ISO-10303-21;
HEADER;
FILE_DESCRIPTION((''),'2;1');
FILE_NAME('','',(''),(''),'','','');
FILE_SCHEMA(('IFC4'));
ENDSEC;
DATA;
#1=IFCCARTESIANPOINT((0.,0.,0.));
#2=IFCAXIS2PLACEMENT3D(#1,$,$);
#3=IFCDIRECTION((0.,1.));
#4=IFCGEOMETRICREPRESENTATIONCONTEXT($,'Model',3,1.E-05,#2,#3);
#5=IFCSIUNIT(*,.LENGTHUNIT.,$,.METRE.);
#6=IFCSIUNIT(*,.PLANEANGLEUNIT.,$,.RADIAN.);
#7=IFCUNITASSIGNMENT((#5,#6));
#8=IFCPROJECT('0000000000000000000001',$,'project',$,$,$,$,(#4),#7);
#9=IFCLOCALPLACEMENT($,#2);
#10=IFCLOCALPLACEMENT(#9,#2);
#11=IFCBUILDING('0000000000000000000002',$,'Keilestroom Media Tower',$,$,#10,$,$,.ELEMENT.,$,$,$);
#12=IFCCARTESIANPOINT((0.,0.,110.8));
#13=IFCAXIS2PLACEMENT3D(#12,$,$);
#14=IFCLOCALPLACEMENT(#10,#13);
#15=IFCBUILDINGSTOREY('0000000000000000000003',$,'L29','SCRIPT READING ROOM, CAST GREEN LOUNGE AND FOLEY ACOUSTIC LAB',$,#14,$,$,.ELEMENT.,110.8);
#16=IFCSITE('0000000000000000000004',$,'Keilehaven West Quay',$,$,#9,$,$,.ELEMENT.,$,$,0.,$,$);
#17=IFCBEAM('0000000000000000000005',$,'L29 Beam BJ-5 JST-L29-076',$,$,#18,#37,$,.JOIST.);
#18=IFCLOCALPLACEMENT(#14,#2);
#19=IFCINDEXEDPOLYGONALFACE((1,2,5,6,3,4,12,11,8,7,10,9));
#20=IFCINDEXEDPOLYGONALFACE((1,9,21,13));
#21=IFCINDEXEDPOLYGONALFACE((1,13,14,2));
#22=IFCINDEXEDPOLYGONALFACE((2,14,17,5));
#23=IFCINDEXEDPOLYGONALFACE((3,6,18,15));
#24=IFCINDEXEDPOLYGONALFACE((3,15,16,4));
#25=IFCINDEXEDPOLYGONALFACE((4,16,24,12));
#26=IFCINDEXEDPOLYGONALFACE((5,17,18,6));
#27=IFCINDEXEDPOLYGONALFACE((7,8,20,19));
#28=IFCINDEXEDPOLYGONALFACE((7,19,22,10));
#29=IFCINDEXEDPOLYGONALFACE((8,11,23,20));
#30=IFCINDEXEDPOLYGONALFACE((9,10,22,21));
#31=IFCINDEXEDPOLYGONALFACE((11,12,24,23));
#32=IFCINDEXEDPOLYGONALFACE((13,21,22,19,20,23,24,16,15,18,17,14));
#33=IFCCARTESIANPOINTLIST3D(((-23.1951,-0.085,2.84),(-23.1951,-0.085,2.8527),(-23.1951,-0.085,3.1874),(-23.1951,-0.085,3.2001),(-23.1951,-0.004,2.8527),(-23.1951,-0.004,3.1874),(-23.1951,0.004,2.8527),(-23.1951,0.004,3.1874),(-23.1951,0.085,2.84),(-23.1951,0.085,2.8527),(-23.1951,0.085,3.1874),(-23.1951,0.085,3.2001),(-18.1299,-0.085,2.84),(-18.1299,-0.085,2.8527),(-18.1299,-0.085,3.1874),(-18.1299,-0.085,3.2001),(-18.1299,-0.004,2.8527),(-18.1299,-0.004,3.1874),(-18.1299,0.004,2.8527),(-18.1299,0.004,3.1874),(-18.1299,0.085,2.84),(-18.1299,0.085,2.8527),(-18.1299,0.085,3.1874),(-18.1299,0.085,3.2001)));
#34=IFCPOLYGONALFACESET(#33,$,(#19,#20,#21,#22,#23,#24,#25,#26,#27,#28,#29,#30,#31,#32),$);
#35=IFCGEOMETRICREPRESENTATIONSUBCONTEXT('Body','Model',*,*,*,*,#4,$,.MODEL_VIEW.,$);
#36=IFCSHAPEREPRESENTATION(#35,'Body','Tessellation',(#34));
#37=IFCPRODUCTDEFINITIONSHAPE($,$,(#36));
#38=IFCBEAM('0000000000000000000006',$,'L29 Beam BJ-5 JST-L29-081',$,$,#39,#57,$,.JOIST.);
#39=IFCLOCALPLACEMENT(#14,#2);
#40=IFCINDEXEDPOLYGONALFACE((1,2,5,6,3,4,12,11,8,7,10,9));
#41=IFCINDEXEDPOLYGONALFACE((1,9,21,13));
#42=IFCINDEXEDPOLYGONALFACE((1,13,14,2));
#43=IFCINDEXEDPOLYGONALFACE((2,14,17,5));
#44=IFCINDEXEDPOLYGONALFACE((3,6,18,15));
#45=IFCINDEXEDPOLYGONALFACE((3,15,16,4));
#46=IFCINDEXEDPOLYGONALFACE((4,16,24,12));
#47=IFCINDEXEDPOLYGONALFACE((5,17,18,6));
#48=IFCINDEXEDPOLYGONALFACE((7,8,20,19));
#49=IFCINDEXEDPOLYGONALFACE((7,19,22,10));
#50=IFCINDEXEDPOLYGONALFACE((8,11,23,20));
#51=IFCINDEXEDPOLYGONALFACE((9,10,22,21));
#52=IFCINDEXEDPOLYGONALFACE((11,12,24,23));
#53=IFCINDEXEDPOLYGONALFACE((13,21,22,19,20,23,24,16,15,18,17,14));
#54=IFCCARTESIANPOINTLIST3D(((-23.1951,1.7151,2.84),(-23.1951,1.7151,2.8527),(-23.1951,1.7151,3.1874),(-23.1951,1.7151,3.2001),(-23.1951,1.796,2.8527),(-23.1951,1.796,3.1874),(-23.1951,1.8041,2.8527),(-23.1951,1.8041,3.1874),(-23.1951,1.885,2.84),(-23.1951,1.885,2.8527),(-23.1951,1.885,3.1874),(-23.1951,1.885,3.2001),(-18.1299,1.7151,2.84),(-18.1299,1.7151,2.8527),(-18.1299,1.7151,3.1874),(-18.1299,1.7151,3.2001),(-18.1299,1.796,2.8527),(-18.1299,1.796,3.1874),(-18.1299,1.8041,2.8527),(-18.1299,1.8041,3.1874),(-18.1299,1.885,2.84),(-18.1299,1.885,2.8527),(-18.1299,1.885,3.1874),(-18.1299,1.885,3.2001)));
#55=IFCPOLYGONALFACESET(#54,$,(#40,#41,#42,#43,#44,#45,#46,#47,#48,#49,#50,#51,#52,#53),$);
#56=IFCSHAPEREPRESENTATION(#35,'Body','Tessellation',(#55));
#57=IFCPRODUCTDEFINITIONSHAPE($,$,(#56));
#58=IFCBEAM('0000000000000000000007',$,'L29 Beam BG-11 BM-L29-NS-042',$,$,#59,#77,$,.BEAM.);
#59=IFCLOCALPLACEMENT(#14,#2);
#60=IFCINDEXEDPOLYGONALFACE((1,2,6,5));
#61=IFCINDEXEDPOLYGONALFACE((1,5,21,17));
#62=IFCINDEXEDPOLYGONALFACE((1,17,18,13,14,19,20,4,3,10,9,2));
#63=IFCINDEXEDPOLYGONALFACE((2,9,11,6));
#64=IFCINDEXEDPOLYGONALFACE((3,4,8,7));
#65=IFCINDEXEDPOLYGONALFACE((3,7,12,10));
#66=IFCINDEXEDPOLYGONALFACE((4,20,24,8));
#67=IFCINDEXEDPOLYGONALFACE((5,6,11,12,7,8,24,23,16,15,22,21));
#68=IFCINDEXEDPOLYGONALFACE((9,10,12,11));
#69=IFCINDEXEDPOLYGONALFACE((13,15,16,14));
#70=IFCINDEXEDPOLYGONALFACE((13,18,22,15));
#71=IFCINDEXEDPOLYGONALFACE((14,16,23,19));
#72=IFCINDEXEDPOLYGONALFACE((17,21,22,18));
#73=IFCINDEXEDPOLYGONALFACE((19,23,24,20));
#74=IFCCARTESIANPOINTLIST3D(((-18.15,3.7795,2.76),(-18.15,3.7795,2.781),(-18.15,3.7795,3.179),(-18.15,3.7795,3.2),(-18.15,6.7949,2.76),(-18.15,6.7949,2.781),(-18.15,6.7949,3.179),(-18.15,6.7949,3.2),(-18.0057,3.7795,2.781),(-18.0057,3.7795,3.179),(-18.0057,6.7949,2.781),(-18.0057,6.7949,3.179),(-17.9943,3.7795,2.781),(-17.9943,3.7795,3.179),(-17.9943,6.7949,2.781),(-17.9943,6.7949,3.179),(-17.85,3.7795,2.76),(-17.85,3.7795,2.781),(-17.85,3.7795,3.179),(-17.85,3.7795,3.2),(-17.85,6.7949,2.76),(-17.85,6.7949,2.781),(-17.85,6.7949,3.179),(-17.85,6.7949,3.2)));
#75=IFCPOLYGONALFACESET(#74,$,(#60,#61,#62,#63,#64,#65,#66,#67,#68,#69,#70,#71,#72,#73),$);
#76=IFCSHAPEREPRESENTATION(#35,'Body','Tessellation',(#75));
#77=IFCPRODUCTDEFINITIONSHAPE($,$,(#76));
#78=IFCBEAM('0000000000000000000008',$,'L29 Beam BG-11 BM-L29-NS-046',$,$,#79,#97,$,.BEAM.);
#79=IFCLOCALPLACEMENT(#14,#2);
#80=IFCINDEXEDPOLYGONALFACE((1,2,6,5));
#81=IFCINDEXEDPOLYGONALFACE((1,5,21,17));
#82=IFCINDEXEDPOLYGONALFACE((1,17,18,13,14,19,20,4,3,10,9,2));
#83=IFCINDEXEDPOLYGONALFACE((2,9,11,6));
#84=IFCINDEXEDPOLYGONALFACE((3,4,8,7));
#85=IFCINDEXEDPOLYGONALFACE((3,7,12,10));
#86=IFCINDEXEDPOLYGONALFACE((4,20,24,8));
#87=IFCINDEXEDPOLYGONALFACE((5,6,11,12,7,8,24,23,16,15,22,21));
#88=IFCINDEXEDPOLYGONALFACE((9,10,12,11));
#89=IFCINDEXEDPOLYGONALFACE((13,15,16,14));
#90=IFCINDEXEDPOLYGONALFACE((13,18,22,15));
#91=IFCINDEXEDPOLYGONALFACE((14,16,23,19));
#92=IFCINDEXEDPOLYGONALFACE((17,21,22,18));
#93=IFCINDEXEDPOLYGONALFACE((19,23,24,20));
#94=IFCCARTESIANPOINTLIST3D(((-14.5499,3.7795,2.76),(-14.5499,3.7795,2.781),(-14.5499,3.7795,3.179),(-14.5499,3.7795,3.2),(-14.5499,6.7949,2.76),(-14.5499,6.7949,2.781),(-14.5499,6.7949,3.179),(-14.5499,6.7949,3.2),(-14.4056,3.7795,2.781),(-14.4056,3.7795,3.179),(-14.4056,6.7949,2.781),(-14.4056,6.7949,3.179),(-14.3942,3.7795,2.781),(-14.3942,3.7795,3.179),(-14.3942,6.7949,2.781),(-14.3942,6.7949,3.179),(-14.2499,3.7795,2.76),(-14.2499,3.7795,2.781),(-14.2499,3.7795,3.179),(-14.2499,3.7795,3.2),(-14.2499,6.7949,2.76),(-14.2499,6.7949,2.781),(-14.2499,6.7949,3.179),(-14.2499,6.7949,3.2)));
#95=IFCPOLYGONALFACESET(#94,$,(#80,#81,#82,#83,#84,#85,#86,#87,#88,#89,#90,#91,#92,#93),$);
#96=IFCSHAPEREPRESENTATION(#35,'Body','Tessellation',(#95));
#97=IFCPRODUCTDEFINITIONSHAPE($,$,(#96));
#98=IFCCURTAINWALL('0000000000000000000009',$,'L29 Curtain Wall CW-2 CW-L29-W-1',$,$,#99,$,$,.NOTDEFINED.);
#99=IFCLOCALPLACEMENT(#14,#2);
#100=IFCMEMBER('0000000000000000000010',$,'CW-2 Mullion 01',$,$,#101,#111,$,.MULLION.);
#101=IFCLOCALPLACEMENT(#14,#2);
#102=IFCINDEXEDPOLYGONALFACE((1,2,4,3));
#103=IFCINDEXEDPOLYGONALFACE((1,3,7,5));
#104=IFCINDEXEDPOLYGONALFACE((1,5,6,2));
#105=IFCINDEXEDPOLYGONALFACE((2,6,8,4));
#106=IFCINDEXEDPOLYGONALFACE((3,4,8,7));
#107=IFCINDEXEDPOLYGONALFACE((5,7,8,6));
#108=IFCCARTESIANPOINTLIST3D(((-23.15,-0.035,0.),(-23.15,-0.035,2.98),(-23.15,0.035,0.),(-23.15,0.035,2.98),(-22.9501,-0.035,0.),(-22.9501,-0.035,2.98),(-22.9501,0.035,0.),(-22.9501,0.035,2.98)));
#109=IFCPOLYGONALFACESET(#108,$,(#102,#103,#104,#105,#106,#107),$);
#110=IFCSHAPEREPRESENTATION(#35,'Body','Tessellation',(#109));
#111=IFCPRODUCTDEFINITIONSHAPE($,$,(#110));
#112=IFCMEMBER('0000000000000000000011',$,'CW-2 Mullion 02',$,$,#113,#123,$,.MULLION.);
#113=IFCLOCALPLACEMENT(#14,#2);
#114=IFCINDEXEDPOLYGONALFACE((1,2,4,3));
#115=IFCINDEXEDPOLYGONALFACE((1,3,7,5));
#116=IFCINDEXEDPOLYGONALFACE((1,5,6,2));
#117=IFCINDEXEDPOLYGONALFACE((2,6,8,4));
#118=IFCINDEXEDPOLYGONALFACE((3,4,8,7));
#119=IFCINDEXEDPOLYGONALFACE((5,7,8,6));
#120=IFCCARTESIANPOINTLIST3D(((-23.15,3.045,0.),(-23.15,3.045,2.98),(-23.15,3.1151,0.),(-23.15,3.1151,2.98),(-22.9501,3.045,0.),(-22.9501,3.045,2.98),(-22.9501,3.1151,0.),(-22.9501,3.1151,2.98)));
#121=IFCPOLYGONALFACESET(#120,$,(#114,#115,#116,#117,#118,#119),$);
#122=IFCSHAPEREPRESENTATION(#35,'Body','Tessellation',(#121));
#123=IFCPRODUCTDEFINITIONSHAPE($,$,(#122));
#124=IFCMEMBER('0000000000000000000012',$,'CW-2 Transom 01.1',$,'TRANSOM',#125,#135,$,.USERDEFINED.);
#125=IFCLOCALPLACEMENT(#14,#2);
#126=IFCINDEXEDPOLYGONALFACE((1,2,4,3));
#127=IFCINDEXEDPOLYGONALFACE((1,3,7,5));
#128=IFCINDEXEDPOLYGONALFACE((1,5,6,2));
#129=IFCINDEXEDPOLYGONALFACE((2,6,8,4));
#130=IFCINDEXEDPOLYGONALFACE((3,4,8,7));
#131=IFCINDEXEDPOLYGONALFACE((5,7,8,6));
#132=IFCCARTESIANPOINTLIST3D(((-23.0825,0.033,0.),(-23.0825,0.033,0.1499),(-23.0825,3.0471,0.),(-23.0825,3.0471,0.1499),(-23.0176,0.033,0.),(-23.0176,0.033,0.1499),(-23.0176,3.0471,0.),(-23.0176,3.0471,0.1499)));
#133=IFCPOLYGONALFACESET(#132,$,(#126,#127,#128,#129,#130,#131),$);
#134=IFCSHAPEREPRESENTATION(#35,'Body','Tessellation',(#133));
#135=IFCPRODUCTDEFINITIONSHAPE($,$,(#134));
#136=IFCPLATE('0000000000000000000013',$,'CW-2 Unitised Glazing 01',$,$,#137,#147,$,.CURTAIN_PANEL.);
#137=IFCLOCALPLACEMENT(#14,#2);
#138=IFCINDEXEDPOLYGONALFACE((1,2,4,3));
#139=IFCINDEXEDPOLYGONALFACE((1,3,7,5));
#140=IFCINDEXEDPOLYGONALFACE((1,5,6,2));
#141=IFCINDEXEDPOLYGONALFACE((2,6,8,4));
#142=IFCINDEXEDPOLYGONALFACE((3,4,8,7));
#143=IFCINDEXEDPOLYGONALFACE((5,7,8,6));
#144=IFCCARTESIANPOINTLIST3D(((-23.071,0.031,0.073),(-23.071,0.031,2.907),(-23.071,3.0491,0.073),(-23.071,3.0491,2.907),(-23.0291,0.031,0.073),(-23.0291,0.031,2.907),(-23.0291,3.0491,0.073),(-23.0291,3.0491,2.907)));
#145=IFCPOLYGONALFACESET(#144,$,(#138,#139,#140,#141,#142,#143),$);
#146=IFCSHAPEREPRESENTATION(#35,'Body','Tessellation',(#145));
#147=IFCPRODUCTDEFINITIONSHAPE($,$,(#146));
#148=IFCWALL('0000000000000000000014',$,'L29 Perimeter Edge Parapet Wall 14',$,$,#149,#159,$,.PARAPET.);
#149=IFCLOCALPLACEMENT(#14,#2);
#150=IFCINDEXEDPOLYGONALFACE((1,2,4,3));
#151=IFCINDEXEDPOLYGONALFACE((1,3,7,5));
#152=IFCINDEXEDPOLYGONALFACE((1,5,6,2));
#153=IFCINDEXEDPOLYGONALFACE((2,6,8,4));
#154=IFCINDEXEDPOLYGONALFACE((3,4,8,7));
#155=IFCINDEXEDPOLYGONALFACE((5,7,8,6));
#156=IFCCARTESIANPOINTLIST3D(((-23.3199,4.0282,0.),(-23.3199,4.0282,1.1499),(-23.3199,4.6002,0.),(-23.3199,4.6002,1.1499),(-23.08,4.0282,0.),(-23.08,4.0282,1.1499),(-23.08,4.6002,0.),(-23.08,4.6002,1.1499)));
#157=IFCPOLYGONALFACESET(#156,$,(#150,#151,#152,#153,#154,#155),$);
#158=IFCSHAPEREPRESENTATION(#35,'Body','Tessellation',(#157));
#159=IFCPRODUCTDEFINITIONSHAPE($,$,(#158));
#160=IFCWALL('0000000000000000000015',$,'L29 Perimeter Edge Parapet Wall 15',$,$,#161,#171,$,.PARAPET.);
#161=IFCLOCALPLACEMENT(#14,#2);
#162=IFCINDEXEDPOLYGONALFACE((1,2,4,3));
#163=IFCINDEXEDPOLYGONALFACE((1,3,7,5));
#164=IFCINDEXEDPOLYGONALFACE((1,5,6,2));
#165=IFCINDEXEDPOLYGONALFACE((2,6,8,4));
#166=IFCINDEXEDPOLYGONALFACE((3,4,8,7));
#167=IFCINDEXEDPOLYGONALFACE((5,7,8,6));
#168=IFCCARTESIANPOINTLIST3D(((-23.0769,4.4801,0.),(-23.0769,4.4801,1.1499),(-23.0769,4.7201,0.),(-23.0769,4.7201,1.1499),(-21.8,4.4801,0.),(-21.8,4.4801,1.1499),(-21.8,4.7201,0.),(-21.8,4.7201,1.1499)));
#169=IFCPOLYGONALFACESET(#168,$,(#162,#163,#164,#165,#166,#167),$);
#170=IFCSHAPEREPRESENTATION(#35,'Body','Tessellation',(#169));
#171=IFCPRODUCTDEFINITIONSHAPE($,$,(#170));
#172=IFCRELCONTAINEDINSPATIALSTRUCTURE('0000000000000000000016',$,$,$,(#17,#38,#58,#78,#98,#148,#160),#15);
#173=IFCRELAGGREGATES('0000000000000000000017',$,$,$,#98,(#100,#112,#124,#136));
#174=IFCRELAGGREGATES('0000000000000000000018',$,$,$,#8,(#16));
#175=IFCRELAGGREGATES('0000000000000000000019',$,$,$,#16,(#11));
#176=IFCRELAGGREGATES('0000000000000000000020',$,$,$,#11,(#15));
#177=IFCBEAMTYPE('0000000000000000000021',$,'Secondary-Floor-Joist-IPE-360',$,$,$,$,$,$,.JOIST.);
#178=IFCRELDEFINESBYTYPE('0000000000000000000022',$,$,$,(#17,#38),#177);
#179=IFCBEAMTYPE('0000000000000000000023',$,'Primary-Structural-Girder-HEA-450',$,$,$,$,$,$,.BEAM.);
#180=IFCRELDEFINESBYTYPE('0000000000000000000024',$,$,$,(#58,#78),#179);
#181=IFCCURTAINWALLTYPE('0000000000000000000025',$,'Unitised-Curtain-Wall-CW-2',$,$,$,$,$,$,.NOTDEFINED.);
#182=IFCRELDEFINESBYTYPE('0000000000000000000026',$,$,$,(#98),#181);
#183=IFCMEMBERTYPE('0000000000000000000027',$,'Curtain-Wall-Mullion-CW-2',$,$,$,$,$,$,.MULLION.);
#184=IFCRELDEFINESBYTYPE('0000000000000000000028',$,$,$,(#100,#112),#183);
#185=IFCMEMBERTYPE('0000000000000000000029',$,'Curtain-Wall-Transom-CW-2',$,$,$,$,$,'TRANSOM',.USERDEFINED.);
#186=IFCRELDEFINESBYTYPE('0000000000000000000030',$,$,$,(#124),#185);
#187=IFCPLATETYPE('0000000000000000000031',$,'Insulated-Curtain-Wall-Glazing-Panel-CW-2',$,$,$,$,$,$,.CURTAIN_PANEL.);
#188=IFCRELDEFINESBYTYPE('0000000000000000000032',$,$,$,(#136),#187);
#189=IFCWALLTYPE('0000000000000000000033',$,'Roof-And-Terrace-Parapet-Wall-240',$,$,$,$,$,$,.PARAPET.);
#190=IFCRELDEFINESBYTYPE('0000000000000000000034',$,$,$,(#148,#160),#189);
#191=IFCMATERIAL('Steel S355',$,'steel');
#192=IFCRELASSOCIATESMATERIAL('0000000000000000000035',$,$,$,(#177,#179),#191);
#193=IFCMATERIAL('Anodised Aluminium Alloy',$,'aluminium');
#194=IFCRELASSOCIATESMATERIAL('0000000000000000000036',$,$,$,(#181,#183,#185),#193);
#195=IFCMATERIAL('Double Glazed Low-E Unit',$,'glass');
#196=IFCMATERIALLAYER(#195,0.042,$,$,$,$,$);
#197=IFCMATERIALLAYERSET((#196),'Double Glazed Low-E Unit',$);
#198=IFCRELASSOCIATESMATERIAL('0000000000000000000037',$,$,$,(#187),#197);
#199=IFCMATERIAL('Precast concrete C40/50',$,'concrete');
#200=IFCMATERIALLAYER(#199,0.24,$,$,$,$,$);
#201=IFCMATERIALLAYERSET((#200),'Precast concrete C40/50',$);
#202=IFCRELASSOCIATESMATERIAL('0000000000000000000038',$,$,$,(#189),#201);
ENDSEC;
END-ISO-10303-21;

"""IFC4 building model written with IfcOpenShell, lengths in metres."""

from ifc_helpers import new_model, si_unit, direction, frame, frame_2d, origin, origin_2d, place, context, subcontext, project, spatial, rectangle, i_section, extrude, source, transform, mapped, material, layer, layer_set, material_profile, profile_set, type_object, element, aggregate, save


model = new_model("IFC4")

# Units and contexts
model_context = context("Model", 3, precision=1e-05, world=origin(), true_north=direction((0.0, 1.0)))
body_context = subcontext(model_context, "Body", "Model", "MODEL_VIEW")
ifc_project = project(units=[si_unit("LENGTHUNIT", "METRE"), si_unit("PLANEANGLEUNIT", "RADIAN")], contexts=[model_context])

# Site, building, storey
site_placement = place(None, origin())
site = spatial("IfcSite", under=ifc_project, at=site_placement, Name="Keilehaven West Quay", CompositionType="ELEMENT", RefElevation=0.0)
building_placement = place(site_placement, origin())
building = spatial("IfcBuilding", under=site, at=building_placement, Name="Keilestroom Media Tower", CompositionType="ELEMENT")
storey_placement = place(building_placement, frame((0.0, 0.0, 110.8)))
storey = spatial("IfcBuildingStorey", under=building, at=storey_placement, Name="L29", Description="SCRIPT READING ROOM, CAST GREEN LOUNGE AND FOLEY ACOUSTIC LAB", CompositionType="ELEMENT", Elevation=110.8)

# Shared definitions
ifc_material_1 = material(Name="Precast concrete C40/50", Category="concrete")
ifc_material_2 = material(Name="Steel S355", Category="steel")

# Beams
ifc_material_profile_1 = material_profile(ifc_material_2, i_section(OverallWidth=0.1699, OverallDepth=0.3601, WebThickness=0.0081, FlangeThickness=0.0127, at=origin_2d()), Name="IPE 360")
ifc_profile_set_1 = profile_set([ifc_material_profile_1], Name="Steel S355")
beam_type_1 = type_object("IfcBeamType", Name="Secondary-Floor-Joist-IPE-360", PredefinedType="JOIST", material=ifc_profile_set_1)
shared_shape_1 = source(origin(), body_context, "Body", "SweptSolid", [
    extrude(i_section(OverallWidth=0.1699, OverallDepth=0.3601, WebThickness=0.0081, FlangeThickness=0.0127, at=origin_2d()), origin(), (0.0, 0.0, 1.0), 5.0652),
])
for number, where, z_axis, x_axis, name in (
    (1, (-23.1951, 0.0, 3.02), (1.0, 0.0, 0.0), (0.0, 1.0, 0.0), "L29 Beam BJ-5 JST-L29-076"),
    (2, (-23.1951, 1.8, 3.02), (1.0, 0.0, 0.0), (0.0, 1.0, 0.0), "L29 Beam BJ-5 JST-L29-081"),
):
    element("IfcBeam", number, at=place(storey_placement, frame(where, z_axis=z_axis, x_axis=x_axis)), inside=storey, type_object=beam_type_1, Name=name, PredefinedType="JOIST", context=body_context, shape_type="MappedRepresentation", body=[
        mapped(shared_shape_1, transform((0.0, 0.0, 0.0), x_axis=(1.0, 0.0, 0.0), y_axis=(0.0, 1.0, 0.0), z_axis=(0.0, 0.0, 1.0), scale=1.0)),
    ])
ifc_material_profile_2 = material_profile(ifc_material_2, i_section(OverallWidth=0.3, OverallDepth=0.4399, WebThickness=0.0115, FlangeThickness=0.021, at=origin_2d()), Name="HEA 450")
ifc_profile_set_2 = profile_set([ifc_material_profile_2], Name="Steel S355")
beam_type_2 = type_object("IfcBeamType", Name="Primary-Structural-Girder-HEA-450", PredefinedType="BEAM", material=ifc_profile_set_2)
shared_shape_2 = source(origin(), body_context, "Body", "SweptSolid", [
    extrude(i_section(OverallWidth=0.3, OverallDepth=0.4399, WebThickness=0.0115, FlangeThickness=0.021, at=origin_2d()), origin(), (0.0, 0.0, 1.0), 3.0154),
])
for number, where, z_axis, x_axis, name in (
    (3, (-18.0, 3.7795, 2.98), (0.0, 1.0, 0.0), (-1.0, 0.0, 0.0), "L29 Beam BG-11 BM-L29-NS-042"),
    (4, (-14.3999, 3.7795, 2.98), (0.0, 1.0, 0.0), (-1.0, 0.0, 0.0), "L29 Beam BG-11 BM-L29-NS-046"),
):
    element("IfcBeam", number, at=place(storey_placement, frame(where, z_axis=z_axis, x_axis=x_axis)), inside=storey, type_object=beam_type_2, Name=name, PredefinedType="BEAM", context=body_context, shape_type="MappedRepresentation", body=[
        mapped(shared_shape_2, transform((0.0, 0.0, 0.0), x_axis=(1.0, 0.0, 0.0), y_axis=(0.0, 1.0, 0.0), z_axis=(0.0, 0.0, 1.0), scale=1.0)),
    ])

# Curtain wall, members, plate
ifc_material_3 = material(Name="Anodised Aluminium Alloy", Category="aluminium")
curtain_wall_type = type_object("IfcCurtainWallType", Name="Unitised-Curtain-Wall-CW-2", PredefinedType="NOTDEFINED", material=ifc_material_3)
curtain_wall_placement = place(storey_placement, origin())
curtain_wall = element("IfcCurtainWall", 5, at=curtain_wall_placement, inside=storey, type_object=curtain_wall_type, Name="L29 Curtain Wall CW-2 CW-L29-W-1", PredefinedType="NOTDEFINED")
ifc_material_profile_3 = material_profile(ifc_material_3, rectangle(XDim=0.0701, YDim=0.2, at=origin_2d()), Name="ALU MULLION 70x200")
ifc_profile_set_3 = profile_set([ifc_material_profile_3], Name="Anodised Aluminium Alloy")
member_type_1 = type_object("IfcMemberType", Name="Curtain-Wall-Mullion-CW-2", PredefinedType="MULLION", material=ifc_profile_set_3)
shared_shape_3 = source(origin(), body_context, "Body", "SweptSolid", [
    extrude(rectangle(XDim=0.0701, YDim=0.2, at=origin_2d()), origin(), (0.0, 0.0, 1.0), 2.98),
])
member_1_placement = place(storey_placement, frame((-23.05, 0.0, 0.0), z_axis=(0.0, 0.0, 1.0), x_axis=(0.0, 1.0, 0.0)))
member_1 = element("IfcMember", 6, at=member_1_placement, type_object=member_type_1, Name="CW-2 Mullion 01", PredefinedType="MULLION", context=body_context, shape_type="MappedRepresentation", body=[
    mapped(shared_shape_3, transform((0.0, 0.0, 0.0), x_axis=(1.0, 0.0, 0.0), y_axis=(0.0, 1.0, 0.0), z_axis=(0.0, 0.0, 1.0), scale=1.0)),
])
member_2_placement = place(storey_placement, frame((-23.05, 3.0801, 0.0), z_axis=(0.0, 0.0, 1.0), x_axis=(0.0, 1.0, 0.0)))
member_2 = element("IfcMember", 7, at=member_2_placement, type_object=member_type_1, Name="CW-2 Mullion 02", PredefinedType="MULLION", context=body_context, shape_type="MappedRepresentation", body=[
    mapped(shared_shape_3, transform((0.0, 0.0, 0.0), x_axis=(1.0, 0.0, 0.0), y_axis=(0.0, 1.0, 0.0), z_axis=(0.0, 0.0, 1.0), scale=1.0)),
])
ifc_material_profile_4 = material_profile(ifc_material_3, rectangle(XDim=0.0649, YDim=0.1499, at=origin_2d()), Name="ALU TRANSOM 65x150")
ifc_profile_set_4 = profile_set([ifc_material_profile_4], Name="Anodised Aluminium Alloy")
member_type_2 = type_object("IfcMemberType", Name="Curtain-Wall-Transom-CW-2", ElementType="TRANSOM", PredefinedType="USERDEFINED", material=ifc_profile_set_4)
shared_shape_4 = source(origin(), body_context, "Body", "SweptSolid", [
    extrude(rectangle(XDim=0.0649, YDim=0.1499, at=origin_2d()), origin(), (0.0, 0.0, 1.0), 3.0142),
])
member_3_placement = place(storey_placement, frame((-23.05, 0.033, 0.075), z_axis=(0.0, 1.0, 0.0), x_axis=(-1.0, 0.0, 0.0)))
member_3 = element("IfcMember", 8, at=member_3_placement, type_object=member_type_2, Name="CW-2 Transom 01.1", ObjectType="TRANSOM", PredefinedType="USERDEFINED", context=body_context, shape_type="MappedRepresentation", body=[
    mapped(shared_shape_4, transform((0.0, 0.0, 0.0), x_axis=(1.0, 0.0, 0.0), y_axis=(0.0, 1.0, 0.0), z_axis=(0.0, 0.0, 1.0), scale=1.0)),
])
ifc_material_4 = material(Name="Double Glazed Low-E Unit", Category="glass")
ifc_layer_1 = layer(ifc_material_4, 0.042)
ifc_layer_set_1 = layer_set([ifc_layer_1], Name="Double Glazed Low-E Unit")
plate_type = type_object("IfcPlateType", Name="Insulated-Curtain-Wall-Glazing-Panel-CW-2", PredefinedType="CURTAIN_PANEL", material=ifc_layer_set_1)
shared_shape_5 = source(origin(), body_context, "Body", "SweptSolid", [
    extrude(rectangle(XDim=3.0181, YDim=0.042, at=origin_2d()), origin(), (0.0, 0.0, 1.0), 2.834),
])
plate_placement = place(storey_placement, frame((-23.05, 1.54, 0.073), z_axis=(0.0, 0.0, 1.0), x_axis=(0.0, 1.0, 0.0)))
plate = element("IfcPlate", 9, at=plate_placement, type_object=plate_type, Name="CW-2 Unitised Glazing 01", PredefinedType="CURTAIN_PANEL", context=body_context, shape_type="MappedRepresentation", body=[
    mapped(shared_shape_5, transform((0.0, 0.0, 0.0), x_axis=(1.0, 0.0, 0.0), y_axis=(0.0, 1.0, 0.0), z_axis=(0.0, 0.0, 1.0), scale=1.0)),
])
aggregate(curtain_wall, [member_1, member_2, member_3, plate])

# Walls
ifc_layer_2 = layer(ifc_material_1, 0.24)
ifc_layer_set_2 = layer_set([ifc_layer_2], Name="Precast concrete C40/50")
wall_type = type_object("IfcWallType", Name="Roof-And-Terrace-Parapet-Wall-240", PredefinedType="PARAPET", material=ifc_layer_set_2)
wall_1_placement = place(storey_placement, frame((-23.2, 4.0281, 0.0), z_axis=(0.0, 0.0, 1.0), x_axis=(0.0, 1.0, 0.0)))
element("IfcWall", 10, at=wall_1_placement, inside=storey, type_object=wall_type, Name="L29 Perimeter Edge Parapet Wall 14", PredefinedType="PARAPET", context=body_context, shape_type="SweptSolid", body=[
    extrude(rectangle(XDim=0.572, YDim=0.24, at=frame_2d((0.2861, 0.0))), origin(), (0.0, 0.0, 1.0), 1.1499),
])
wall_2_placement = place(storey_placement, frame((-23.0769, 4.6001, 0.0), z_axis=(0.0, 0.0, 1.0), x_axis=(1.0, 0.0, 0.0)))
element("IfcWall", 11, at=wall_2_placement, inside=storey, type_object=wall_type, Name="L29 Perimeter Edge Parapet Wall 15", PredefinedType="PARAPET", context=body_context, shape_type="SweptSolid", body=[
    extrude(rectangle(XDim=1.2769, YDim=0.24, at=frame_2d((0.6384, 0.0))), origin(), (0.0, 0.0, 1.0), 1.1499),
])

save(model, "model.ifc")
